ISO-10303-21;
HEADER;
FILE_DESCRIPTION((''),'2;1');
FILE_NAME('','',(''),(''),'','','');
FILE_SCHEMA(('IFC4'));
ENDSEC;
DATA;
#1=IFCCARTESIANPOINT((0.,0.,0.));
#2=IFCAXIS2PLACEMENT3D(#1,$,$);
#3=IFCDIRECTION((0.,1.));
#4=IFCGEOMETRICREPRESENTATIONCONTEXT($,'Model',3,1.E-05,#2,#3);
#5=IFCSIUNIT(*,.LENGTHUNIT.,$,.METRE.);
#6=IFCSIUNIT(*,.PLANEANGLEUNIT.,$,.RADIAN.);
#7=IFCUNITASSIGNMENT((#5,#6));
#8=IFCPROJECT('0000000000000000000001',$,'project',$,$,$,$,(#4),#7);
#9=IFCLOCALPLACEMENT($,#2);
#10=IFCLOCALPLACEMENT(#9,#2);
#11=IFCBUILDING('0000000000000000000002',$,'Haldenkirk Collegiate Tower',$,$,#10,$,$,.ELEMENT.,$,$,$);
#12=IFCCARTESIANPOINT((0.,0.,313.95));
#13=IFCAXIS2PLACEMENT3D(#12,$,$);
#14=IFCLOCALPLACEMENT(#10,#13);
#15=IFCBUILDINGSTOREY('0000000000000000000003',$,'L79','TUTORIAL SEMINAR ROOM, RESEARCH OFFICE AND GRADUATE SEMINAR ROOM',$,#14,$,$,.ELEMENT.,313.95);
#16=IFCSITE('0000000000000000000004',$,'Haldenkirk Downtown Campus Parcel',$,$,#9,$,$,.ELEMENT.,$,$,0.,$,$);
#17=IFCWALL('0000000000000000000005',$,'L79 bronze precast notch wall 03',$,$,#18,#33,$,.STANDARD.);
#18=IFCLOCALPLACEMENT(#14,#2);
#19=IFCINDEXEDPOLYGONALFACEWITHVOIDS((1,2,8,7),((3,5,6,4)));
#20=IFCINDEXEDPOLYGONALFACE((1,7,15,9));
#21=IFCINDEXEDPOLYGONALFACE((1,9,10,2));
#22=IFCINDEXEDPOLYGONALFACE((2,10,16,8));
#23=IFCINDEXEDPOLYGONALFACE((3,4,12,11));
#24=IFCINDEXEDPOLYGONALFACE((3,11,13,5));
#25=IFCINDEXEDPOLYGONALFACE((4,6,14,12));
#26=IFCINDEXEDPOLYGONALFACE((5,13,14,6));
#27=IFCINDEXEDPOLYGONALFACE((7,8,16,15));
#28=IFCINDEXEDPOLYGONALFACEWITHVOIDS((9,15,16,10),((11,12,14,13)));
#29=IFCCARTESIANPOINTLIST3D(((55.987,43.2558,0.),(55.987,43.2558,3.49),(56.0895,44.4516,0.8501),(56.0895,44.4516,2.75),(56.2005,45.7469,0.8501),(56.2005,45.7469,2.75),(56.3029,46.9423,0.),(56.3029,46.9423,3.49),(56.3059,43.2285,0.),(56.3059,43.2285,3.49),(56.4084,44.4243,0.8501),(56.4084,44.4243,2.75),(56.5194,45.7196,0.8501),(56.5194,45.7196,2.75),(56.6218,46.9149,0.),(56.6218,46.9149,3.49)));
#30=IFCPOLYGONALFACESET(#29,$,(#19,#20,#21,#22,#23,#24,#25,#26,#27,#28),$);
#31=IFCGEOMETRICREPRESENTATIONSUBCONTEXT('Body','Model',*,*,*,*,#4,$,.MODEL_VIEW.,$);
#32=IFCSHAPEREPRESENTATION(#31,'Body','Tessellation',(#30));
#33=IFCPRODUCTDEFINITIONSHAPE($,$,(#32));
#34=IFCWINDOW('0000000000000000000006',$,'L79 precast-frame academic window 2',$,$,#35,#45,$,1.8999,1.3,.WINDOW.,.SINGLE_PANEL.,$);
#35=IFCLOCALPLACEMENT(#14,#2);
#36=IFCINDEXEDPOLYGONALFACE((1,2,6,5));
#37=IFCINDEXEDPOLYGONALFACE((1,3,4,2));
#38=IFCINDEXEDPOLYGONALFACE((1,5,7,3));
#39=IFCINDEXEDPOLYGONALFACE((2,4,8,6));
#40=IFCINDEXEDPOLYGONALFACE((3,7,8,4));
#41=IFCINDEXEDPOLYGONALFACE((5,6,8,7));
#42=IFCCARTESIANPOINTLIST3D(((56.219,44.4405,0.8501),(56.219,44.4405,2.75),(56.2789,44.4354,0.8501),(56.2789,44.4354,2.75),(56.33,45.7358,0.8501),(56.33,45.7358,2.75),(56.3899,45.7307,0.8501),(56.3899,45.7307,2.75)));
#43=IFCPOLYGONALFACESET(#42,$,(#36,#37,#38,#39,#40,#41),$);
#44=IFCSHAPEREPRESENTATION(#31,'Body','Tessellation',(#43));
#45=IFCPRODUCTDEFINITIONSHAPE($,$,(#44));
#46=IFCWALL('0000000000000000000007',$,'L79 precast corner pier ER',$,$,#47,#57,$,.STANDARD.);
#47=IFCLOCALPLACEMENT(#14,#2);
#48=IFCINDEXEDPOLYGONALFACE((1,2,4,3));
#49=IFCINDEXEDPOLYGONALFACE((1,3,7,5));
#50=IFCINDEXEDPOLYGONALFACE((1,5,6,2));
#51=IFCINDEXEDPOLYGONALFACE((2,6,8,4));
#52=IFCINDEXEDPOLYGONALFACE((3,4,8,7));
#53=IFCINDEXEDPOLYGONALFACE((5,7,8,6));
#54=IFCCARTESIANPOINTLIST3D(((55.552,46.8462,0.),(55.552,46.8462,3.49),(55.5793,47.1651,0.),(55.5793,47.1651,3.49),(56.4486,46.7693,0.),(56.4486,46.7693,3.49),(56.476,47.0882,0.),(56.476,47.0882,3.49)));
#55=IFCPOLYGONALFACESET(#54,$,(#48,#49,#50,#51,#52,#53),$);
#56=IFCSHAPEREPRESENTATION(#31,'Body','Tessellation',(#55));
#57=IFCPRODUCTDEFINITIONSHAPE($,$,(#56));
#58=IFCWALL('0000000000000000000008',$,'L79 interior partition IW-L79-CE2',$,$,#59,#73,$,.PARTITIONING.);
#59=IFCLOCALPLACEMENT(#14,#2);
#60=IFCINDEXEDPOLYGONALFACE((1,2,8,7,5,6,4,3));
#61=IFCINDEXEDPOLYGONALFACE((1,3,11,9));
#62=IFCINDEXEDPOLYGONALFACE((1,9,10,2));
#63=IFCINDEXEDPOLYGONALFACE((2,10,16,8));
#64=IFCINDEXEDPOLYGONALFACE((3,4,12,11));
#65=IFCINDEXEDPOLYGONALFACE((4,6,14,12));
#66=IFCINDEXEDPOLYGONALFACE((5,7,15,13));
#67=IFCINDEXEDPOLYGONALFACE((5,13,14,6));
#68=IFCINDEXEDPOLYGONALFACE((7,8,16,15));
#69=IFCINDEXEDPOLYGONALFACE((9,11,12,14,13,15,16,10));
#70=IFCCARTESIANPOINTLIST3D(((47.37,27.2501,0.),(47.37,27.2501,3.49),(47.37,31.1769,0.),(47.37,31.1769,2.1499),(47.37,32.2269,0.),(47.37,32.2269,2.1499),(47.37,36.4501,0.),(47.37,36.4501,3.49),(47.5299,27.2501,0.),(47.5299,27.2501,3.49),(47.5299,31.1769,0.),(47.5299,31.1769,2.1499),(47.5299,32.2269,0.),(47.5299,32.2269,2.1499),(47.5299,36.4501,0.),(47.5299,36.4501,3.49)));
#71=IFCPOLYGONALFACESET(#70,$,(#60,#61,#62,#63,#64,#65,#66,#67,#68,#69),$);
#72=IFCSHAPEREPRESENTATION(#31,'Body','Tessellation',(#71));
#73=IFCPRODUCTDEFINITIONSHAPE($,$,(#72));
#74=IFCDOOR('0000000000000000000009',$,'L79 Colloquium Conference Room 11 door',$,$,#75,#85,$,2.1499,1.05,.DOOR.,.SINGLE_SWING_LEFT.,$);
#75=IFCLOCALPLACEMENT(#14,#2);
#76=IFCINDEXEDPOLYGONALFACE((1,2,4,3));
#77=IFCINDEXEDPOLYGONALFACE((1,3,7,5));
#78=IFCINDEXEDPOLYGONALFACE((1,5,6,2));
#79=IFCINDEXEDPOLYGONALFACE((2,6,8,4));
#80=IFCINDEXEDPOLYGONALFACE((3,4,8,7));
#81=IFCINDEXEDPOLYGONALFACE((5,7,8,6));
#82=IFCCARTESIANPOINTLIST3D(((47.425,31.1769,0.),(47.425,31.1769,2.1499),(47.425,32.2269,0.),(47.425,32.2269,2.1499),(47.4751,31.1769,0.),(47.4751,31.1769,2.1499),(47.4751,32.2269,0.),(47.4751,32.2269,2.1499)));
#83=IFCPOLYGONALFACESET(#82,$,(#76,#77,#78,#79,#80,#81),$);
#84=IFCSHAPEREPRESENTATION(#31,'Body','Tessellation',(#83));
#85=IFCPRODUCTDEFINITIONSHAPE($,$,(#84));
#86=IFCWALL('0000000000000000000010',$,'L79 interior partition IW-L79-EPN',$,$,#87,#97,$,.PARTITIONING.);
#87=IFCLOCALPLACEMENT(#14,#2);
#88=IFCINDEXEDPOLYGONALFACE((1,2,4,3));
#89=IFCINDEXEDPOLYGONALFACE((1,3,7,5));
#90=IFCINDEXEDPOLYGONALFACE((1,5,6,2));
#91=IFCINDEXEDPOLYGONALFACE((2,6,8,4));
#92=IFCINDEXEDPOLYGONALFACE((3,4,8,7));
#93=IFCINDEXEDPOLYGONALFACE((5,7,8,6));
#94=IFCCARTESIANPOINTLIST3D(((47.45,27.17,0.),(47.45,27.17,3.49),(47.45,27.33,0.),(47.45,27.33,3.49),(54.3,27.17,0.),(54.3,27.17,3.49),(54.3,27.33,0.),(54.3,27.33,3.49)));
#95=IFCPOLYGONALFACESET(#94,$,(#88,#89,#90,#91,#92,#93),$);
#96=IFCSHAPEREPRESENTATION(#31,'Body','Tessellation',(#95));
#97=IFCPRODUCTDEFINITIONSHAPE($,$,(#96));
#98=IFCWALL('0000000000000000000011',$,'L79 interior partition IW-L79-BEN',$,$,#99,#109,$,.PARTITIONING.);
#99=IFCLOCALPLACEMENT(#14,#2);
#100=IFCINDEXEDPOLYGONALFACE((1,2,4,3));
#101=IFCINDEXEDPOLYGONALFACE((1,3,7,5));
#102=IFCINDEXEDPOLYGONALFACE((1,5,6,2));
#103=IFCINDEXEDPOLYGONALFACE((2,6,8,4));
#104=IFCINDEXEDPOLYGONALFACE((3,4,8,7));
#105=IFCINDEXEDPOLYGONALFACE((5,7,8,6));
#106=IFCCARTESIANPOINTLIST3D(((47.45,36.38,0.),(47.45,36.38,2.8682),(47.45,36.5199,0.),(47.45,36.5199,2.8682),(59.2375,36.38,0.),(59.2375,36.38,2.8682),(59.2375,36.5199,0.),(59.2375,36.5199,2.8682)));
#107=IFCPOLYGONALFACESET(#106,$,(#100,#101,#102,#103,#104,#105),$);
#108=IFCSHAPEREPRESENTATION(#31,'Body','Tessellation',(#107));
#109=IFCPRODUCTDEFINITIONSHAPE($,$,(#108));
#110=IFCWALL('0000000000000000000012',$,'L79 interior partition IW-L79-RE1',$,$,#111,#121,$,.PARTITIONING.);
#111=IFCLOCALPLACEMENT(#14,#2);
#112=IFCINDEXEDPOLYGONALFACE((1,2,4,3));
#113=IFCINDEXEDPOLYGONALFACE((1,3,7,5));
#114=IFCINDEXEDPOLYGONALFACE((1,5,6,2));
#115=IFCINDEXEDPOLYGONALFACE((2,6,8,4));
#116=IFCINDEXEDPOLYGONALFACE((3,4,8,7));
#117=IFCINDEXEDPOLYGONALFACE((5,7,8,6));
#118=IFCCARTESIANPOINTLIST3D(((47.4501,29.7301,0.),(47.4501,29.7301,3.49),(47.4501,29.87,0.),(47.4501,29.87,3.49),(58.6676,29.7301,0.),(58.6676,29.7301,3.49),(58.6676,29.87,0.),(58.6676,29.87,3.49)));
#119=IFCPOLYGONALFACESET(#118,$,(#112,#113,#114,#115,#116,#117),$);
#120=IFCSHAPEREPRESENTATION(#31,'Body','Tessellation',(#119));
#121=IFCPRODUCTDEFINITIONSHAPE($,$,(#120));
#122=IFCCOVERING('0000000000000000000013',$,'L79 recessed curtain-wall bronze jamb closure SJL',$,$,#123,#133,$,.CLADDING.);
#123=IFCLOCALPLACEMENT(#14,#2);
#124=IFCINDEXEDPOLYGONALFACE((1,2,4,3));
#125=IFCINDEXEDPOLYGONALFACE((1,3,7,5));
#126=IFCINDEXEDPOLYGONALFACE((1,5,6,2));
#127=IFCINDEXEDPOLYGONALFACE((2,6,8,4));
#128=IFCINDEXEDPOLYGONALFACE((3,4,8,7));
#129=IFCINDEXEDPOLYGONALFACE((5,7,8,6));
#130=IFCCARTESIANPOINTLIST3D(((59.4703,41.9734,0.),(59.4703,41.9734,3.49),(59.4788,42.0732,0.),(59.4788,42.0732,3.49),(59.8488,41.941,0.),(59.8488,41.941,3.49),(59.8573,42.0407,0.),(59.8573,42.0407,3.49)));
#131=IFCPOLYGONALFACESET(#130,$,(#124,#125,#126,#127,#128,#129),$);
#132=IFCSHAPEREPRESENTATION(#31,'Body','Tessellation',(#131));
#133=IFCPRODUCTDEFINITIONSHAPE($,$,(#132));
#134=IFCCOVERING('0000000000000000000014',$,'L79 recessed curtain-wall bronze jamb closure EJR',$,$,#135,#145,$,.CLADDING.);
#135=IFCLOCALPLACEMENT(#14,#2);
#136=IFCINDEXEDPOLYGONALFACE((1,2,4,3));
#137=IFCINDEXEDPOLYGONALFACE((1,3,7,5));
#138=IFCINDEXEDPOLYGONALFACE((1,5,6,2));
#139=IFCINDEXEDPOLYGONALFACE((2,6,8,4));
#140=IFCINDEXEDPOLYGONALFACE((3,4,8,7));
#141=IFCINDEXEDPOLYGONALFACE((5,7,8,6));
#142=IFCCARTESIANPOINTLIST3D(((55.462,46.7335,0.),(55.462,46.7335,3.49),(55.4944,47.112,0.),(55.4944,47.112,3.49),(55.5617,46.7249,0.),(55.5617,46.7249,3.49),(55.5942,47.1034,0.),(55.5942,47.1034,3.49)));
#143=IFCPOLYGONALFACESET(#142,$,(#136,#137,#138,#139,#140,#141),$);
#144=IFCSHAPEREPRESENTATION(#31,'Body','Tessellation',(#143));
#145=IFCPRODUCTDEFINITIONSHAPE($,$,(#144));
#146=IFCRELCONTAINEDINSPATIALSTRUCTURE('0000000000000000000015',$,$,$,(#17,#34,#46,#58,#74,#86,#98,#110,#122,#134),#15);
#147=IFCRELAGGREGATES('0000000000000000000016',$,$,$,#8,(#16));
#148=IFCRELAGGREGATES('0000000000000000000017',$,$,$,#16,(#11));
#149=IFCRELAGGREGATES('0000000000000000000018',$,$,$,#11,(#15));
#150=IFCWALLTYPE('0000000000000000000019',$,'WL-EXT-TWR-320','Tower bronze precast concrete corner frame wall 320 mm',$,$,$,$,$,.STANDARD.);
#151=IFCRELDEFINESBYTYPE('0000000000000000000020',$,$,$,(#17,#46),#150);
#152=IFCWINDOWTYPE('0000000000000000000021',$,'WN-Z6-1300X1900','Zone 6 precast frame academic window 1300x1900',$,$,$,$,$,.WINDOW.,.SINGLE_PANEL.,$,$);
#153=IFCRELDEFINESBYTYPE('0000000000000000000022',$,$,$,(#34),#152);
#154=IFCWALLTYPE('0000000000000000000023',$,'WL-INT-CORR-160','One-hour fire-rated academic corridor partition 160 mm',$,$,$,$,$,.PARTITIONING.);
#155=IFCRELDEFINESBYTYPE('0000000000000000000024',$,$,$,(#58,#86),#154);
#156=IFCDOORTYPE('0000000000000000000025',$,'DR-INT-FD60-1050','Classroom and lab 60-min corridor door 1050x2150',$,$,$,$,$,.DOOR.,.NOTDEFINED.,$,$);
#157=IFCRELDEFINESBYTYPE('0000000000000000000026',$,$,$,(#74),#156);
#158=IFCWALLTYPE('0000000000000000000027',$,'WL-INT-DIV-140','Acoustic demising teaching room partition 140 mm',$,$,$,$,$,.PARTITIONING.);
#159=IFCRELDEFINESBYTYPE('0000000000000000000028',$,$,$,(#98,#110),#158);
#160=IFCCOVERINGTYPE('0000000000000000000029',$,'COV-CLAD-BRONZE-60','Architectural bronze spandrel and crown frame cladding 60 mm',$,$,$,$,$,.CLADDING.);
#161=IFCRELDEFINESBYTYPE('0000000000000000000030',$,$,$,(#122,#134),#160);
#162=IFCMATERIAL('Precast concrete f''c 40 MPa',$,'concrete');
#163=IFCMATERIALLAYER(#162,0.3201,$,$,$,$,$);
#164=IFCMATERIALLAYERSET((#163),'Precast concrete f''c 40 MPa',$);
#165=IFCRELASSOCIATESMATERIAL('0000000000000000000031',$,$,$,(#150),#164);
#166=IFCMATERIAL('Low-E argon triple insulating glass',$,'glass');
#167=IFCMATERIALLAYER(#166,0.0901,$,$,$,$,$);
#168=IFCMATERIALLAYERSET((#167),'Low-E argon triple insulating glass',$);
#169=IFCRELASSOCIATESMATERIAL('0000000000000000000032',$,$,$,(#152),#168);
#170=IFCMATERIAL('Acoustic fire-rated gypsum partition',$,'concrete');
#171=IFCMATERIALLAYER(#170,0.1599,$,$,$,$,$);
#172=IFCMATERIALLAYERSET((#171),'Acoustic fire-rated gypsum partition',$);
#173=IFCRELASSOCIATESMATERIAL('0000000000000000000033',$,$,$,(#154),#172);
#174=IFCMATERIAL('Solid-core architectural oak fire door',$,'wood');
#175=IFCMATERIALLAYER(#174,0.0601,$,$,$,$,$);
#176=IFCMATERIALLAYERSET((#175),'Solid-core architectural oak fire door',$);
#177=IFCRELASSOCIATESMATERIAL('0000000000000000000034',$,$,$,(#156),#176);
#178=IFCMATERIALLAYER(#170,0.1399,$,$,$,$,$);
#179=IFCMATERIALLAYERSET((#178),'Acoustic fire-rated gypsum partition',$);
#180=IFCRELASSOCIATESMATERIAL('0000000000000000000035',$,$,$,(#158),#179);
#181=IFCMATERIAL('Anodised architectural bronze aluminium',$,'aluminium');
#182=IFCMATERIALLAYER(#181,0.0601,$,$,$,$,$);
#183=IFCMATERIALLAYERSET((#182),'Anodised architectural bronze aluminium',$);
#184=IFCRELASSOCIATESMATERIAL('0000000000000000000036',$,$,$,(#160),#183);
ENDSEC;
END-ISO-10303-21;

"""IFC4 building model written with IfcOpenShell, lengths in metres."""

from ifc_helpers import new_model, si_unit, direction, frame, frame_2d, origin, origin_2d, place, context, subcontext, project, spatial, rectangle, extrude, source, transform, mapped, material, layer, layer_set, type_object, element, fill, save


model = new_model("IFC4")

# Units and contexts
model_context = context("Model", 3, precision=1e-05, world=origin(), true_north=direction((0.0, 1.0)))
body_context = subcontext(model_context, "Body", "Model", "MODEL_VIEW")
ifc_project = project(units=[si_unit("LENGTHUNIT", "METRE"), si_unit("PLANEANGLEUNIT", "RADIAN")], contexts=[model_context])

# Site, building, storey
site_placement = place(None, origin())
site = spatial("IfcSite", under=ifc_project, at=site_placement, Name="Haldenkirk Downtown Campus Parcel", CompositionType="ELEMENT", RefElevation=0.0)
building_placement = place(site_placement, origin())
building = spatial("IfcBuilding", under=site, at=building_placement, Name="Haldenkirk Collegiate Tower", CompositionType="ELEMENT")
storey_placement = place(building_placement, frame((0.0, 0.0, 313.95)))
storey = spatial("IfcBuildingStorey", under=building, at=storey_placement, Name="L79", Description="TUTORIAL SEMINAR ROOM, RESEARCH OFFICE AND GRADUATE SEMINAR ROOM", CompositionType="ELEMENT", Elevation=313.95)

# Shared definitions
ifc_material_1 = material(Name="Anodised architectural bronze aluminium", Category="aluminium")

# Shared definitions
ifc_material_2 = material(Name="Low-E argon triple insulating glass", Category="glass")

# Shared definitions
ifc_material_3 = material(Name="Precast concrete f'c 40 MPa", Category="concrete")
ifc_layer_1 = layer(ifc_material_3, 0.3201)
ifc_layer_set_1 = layer_set([ifc_layer_1], Name="Precast concrete f'c 40 MPa")
wall_type_1 = type_object("IfcWallType", Name="WL-EXT-TWR-320", Description="Tower bronze precast concrete corner frame wall 320 mm", PredefinedType="STANDARD", material=ifc_layer_set_1)

# Wall, opening, window
wall_1_placement = place(storey_placement, frame((56.4624, 46.9287, 0.0), z_axis=(0.0, 0.0, 1.0), x_axis=(-0.085382, -0.996348, 0.0)))
wall_1 = element("IfcWall", 1, at=wall_1_placement, inside=storey, type_object=wall_type_1, Name="L79 bronze precast notch wall 03", PredefinedType="STANDARD", context=body_context, shape_type="SweptSolid", body=[
    extrude(rectangle(XDim=3.7, YDim=0.3201, at=frame_2d((1.8501, 0.0))), origin(), (0.0, 0.0, 1.0), 3.49),
])
opening_1_placement = place(wall_1_placement, frame((1.2, 0.0, 0.8501)))
opening_1 = element("IfcOpeningElement", 2, at=opening_1_placement, cuts=wall_1, PredefinedType="OPENING", context=body_context, shape_type="SweptSolid", body=[
    extrude(rectangle(XDim=1.3, YDim=1.8999, at=frame_2d((0.6499, 0.95))), frame((0.0, 0.1699, 0.0), z_axis=(0.0, -1.0, 0.0), x_axis=(1.0, 0.0, 0.0)), (0.0, 0.0, 1.0), 0.3401),
])
ifc_layer_2 = layer(ifc_material_2, 0.0901)
ifc_layer_set_2 = layer_set([ifc_layer_2], Name="Low-E argon triple insulating glass")
window_type = type_object("IfcWindowType", Name="WN-Z6-1300X1900", Description="Zone 6 precast frame academic window 1300x1900", PartitioningType="SINGLE_PANEL", PredefinedType="WINDOW", material=ifc_layer_set_2)
window_placement = place(opening_1_placement, origin())
window = element("IfcWindow", 3, at=window_placement, inside=storey, type_object=window_type, Name="L79 precast-frame academic window 2", OverallHeight=1.8999, OverallWidth=1.3, PartitioningType="SINGLE_PANEL", PredefinedType="WINDOW", context=body_context, shape_type="SweptSolid", body=[
    extrude(rectangle(XDim=1.3, YDim=1.8999, at=frame_2d((0.6499, 0.95))), frame((0.0, 0.03, 0.0), z_axis=(0.0, -1.0, 0.0), x_axis=(1.0, 0.0, 0.0)), (0.0, 0.0, 1.0), 0.0601),
])
fill(opening_1, window)

# Wall
wall_2_placement = place(storey_placement, frame((55.5657, 47.0056, 0.0), z_axis=(0.0, 0.0, 1.0), x_axis=(0.996343, -0.085447, 0.0)))
element("IfcWall", 4, at=wall_2_placement, inside=storey, type_object=wall_type_1, Name="L79 precast corner pier ER", PredefinedType="STANDARD", context=body_context, shape_type="SweptSolid", body=[
    extrude(rectangle(XDim=0.8999, YDim=0.3201, at=frame_2d((0.45, 0.0))), origin(), (0.0, 0.0, 1.0), 3.49),
])

# Wall, opening, door
ifc_material_4 = material(Name="Acoustic fire-rated gypsum partition", Category="concrete")
ifc_layer_3 = layer(ifc_material_4, 0.1599)
ifc_layer_set_3 = layer_set([ifc_layer_3], Name="Acoustic fire-rated gypsum partition")
wall_type_2 = type_object("IfcWallType", Name="WL-INT-CORR-160", Description="One-hour fire-rated academic corridor partition 160 mm", PredefinedType="PARTITIONING", material=ifc_layer_set_3)
wall_3_placement = place(storey_placement, frame((47.45, 27.25, 0.0), z_axis=(0.0, 0.0, 1.0), x_axis=(0.0, 1.0, 0.0)))
wall_3 = element("IfcWall", 5, at=wall_3_placement, inside=storey, type_object=wall_type_2, Name="L79 interior partition IW-L79-CE2", PredefinedType="PARTITIONING", context=body_context, shape_type="SweptSolid", body=[
    extrude(rectangle(XDim=9.2, YDim=0.1599, at=frame_2d((4.6001, 0.0))), origin(), (0.0, 0.0, 1.0), 3.49),
])
opening_2_placement = place(wall_3_placement, frame((3.927, 0.0, 0.0)))
opening_2 = element("IfcOpeningElement", 6, at=opening_2_placement, cuts=wall_3, PredefinedType="OPENING", context=body_context, shape_type="SweptSolid", body=[
    extrude(rectangle(XDim=1.05, YDim=2.1499, at=frame_2d((0.5249, 1.075))), frame((0.0, 0.0898, 0.0), z_axis=(0.0, -1.0, 0.0), x_axis=(1.0, 0.0, 0.0)), (0.0, 0.0, 1.0), 0.1799),
])
ifc_material_5 = material(Name="Solid-core architectural oak fire door", Category="wood")
ifc_layer_4 = layer(ifc_material_5, 0.0601)
ifc_layer_set_4 = layer_set([ifc_layer_4], Name="Solid-core architectural oak fire door")
door_type = type_object("IfcDoorType", Name="DR-INT-FD60-1050", Description="Classroom and lab 60-min corridor door 1050x2150", OperationType="NOTDEFINED", PredefinedType="DOOR", material=ifc_layer_set_4)
door_placement = place(opening_2_placement, origin())
door = element("IfcDoor", 7, at=door_placement, inside=storey, type_object=door_type, Name="L79 Colloquium Conference Room 11 door", OperationType="SINGLE_SWING_LEFT", OverallHeight=2.1499, OverallWidth=1.05, PredefinedType="DOOR", context=body_context, shape_type="SweptSolid", body=[
    extrude(rectangle(XDim=1.05, YDim=2.1499, at=frame_2d((0.5249, 1.075))), frame((0.0, 0.0249, 0.0), z_axis=(0.0, -1.0, 0.0), x_axis=(1.0, 0.0, 0.0)), (0.0, 0.0, 1.0), 0.05),
])
fill(opening_2, door)

# Walls
wall_4_placement = place(storey_placement, frame((47.45, 27.25, 0.0), z_axis=(0.0, 0.0, 1.0), x_axis=(1.0, 0.0, 0.0)))
element("IfcWall", 8, at=wall_4_placement, inside=storey, type_object=wall_type_2, Name="L79 interior partition IW-L79-EPN", PredefinedType="PARTITIONING", context=body_context, shape_type="SweptSolid", body=[
    extrude(rectangle(XDim=6.8501, YDim=0.1599, at=frame_2d((3.425, 0.0))), origin(), (0.0, 0.0, 1.0), 3.49),
])
ifc_layer_5 = layer(ifc_material_4, 0.1399)
ifc_layer_set_5 = layer_set([ifc_layer_5], Name="Acoustic fire-rated gypsum partition")
wall_type_3 = type_object("IfcWallType", Name="WL-INT-DIV-140", Description="Acoustic demising teaching room partition 140 mm", PredefinedType="PARTITIONING", material=ifc_layer_set_5)
wall_5_placement = place(storey_placement, frame((47.45, 36.45, 0.0), z_axis=(0.0, 0.0, 1.0), x_axis=(1.0, 0.0, 0.0)))
element("IfcWall", 9, at=wall_5_placement, inside=storey, type_object=wall_type_3, Name="L79 interior partition IW-L79-BEN", PredefinedType="PARTITIONING", context=body_context, shape_type="SweptSolid", body=[
    extrude(rectangle(XDim=11.7876, YDim=0.1399, at=frame_2d((5.8938, 0.0))), origin(), (0.0, 0.0, 1.0), 2.8682),
])
wall_6_placement = place(storey_placement, frame((47.45, 29.8, 0.0), z_axis=(0.0, 0.0, 1.0), x_axis=(1.0, 0.0, 0.0)))
element("IfcWall", 10, at=wall_6_placement, inside=storey, type_object=wall_type_3, Name="L79 interior partition IW-L79-RE1", PredefinedType="PARTITIONING", context=body_context, shape_type="SweptSolid", body=[
    extrude(rectangle(XDim=11.2175, YDim=0.1399, at=frame_2d((5.6089, 0.0))), origin(), (0.0, 0.0, 1.0), 3.49),
])

# Coverings
ifc_layer_6 = layer(ifc_material_1, 0.0601)
ifc_layer_set_6 = layer_set([ifc_layer_6], Name="Anodised architectural bronze aluminium")
covering_type = type_object("IfcCoveringType", Name="COV-CLAD-BRONZE-60", Description="Architectural bronze spandrel and crown frame cladding 60 mm", PredefinedType="CLADDING", material=ifc_layer_set_6)
shared_shape_1 = source(origin(), body_context, "Body", "SweptSolid", [
    extrude(rectangle(XDim=0.1001, YDim=0.3799, at=origin_2d()), origin(), (0.0, 0.0, 1.0), 3.49),
])
for number, where, z_axis, x_axis, name in (
    (11, (59.6638, 42.0071, 0.0), (0.0, 0.0, 1.0), (-0.085417, -0.996345, 0.0), "L79 recessed curtain-wall bronze jamb closure SJL"),
    (12, (55.5281, 46.9185, 0.0), (0.0, 0.0, 1.0), (0.996345, -0.085417, 0.0), "L79 recessed curtain-wall bronze jamb closure EJR"),
):
    element("IfcCovering", number, at=place(storey_placement, frame(where, z_axis=z_axis, x_axis=x_axis)), inside=storey, type_object=covering_type, Name=name, PredefinedType="CLADDING", context=body_context, shape_type="MappedRepresentation", body=[
        mapped(shared_shape_1, transform((0.0, 0.0, 0.0), x_axis=(1.0, 0.0, 0.0), y_axis=(0.0, 1.0, 0.0), z_axis=(0.0, 0.0, 1.0), scale=1.0)),
    ])

save(model, "model.ifc")
